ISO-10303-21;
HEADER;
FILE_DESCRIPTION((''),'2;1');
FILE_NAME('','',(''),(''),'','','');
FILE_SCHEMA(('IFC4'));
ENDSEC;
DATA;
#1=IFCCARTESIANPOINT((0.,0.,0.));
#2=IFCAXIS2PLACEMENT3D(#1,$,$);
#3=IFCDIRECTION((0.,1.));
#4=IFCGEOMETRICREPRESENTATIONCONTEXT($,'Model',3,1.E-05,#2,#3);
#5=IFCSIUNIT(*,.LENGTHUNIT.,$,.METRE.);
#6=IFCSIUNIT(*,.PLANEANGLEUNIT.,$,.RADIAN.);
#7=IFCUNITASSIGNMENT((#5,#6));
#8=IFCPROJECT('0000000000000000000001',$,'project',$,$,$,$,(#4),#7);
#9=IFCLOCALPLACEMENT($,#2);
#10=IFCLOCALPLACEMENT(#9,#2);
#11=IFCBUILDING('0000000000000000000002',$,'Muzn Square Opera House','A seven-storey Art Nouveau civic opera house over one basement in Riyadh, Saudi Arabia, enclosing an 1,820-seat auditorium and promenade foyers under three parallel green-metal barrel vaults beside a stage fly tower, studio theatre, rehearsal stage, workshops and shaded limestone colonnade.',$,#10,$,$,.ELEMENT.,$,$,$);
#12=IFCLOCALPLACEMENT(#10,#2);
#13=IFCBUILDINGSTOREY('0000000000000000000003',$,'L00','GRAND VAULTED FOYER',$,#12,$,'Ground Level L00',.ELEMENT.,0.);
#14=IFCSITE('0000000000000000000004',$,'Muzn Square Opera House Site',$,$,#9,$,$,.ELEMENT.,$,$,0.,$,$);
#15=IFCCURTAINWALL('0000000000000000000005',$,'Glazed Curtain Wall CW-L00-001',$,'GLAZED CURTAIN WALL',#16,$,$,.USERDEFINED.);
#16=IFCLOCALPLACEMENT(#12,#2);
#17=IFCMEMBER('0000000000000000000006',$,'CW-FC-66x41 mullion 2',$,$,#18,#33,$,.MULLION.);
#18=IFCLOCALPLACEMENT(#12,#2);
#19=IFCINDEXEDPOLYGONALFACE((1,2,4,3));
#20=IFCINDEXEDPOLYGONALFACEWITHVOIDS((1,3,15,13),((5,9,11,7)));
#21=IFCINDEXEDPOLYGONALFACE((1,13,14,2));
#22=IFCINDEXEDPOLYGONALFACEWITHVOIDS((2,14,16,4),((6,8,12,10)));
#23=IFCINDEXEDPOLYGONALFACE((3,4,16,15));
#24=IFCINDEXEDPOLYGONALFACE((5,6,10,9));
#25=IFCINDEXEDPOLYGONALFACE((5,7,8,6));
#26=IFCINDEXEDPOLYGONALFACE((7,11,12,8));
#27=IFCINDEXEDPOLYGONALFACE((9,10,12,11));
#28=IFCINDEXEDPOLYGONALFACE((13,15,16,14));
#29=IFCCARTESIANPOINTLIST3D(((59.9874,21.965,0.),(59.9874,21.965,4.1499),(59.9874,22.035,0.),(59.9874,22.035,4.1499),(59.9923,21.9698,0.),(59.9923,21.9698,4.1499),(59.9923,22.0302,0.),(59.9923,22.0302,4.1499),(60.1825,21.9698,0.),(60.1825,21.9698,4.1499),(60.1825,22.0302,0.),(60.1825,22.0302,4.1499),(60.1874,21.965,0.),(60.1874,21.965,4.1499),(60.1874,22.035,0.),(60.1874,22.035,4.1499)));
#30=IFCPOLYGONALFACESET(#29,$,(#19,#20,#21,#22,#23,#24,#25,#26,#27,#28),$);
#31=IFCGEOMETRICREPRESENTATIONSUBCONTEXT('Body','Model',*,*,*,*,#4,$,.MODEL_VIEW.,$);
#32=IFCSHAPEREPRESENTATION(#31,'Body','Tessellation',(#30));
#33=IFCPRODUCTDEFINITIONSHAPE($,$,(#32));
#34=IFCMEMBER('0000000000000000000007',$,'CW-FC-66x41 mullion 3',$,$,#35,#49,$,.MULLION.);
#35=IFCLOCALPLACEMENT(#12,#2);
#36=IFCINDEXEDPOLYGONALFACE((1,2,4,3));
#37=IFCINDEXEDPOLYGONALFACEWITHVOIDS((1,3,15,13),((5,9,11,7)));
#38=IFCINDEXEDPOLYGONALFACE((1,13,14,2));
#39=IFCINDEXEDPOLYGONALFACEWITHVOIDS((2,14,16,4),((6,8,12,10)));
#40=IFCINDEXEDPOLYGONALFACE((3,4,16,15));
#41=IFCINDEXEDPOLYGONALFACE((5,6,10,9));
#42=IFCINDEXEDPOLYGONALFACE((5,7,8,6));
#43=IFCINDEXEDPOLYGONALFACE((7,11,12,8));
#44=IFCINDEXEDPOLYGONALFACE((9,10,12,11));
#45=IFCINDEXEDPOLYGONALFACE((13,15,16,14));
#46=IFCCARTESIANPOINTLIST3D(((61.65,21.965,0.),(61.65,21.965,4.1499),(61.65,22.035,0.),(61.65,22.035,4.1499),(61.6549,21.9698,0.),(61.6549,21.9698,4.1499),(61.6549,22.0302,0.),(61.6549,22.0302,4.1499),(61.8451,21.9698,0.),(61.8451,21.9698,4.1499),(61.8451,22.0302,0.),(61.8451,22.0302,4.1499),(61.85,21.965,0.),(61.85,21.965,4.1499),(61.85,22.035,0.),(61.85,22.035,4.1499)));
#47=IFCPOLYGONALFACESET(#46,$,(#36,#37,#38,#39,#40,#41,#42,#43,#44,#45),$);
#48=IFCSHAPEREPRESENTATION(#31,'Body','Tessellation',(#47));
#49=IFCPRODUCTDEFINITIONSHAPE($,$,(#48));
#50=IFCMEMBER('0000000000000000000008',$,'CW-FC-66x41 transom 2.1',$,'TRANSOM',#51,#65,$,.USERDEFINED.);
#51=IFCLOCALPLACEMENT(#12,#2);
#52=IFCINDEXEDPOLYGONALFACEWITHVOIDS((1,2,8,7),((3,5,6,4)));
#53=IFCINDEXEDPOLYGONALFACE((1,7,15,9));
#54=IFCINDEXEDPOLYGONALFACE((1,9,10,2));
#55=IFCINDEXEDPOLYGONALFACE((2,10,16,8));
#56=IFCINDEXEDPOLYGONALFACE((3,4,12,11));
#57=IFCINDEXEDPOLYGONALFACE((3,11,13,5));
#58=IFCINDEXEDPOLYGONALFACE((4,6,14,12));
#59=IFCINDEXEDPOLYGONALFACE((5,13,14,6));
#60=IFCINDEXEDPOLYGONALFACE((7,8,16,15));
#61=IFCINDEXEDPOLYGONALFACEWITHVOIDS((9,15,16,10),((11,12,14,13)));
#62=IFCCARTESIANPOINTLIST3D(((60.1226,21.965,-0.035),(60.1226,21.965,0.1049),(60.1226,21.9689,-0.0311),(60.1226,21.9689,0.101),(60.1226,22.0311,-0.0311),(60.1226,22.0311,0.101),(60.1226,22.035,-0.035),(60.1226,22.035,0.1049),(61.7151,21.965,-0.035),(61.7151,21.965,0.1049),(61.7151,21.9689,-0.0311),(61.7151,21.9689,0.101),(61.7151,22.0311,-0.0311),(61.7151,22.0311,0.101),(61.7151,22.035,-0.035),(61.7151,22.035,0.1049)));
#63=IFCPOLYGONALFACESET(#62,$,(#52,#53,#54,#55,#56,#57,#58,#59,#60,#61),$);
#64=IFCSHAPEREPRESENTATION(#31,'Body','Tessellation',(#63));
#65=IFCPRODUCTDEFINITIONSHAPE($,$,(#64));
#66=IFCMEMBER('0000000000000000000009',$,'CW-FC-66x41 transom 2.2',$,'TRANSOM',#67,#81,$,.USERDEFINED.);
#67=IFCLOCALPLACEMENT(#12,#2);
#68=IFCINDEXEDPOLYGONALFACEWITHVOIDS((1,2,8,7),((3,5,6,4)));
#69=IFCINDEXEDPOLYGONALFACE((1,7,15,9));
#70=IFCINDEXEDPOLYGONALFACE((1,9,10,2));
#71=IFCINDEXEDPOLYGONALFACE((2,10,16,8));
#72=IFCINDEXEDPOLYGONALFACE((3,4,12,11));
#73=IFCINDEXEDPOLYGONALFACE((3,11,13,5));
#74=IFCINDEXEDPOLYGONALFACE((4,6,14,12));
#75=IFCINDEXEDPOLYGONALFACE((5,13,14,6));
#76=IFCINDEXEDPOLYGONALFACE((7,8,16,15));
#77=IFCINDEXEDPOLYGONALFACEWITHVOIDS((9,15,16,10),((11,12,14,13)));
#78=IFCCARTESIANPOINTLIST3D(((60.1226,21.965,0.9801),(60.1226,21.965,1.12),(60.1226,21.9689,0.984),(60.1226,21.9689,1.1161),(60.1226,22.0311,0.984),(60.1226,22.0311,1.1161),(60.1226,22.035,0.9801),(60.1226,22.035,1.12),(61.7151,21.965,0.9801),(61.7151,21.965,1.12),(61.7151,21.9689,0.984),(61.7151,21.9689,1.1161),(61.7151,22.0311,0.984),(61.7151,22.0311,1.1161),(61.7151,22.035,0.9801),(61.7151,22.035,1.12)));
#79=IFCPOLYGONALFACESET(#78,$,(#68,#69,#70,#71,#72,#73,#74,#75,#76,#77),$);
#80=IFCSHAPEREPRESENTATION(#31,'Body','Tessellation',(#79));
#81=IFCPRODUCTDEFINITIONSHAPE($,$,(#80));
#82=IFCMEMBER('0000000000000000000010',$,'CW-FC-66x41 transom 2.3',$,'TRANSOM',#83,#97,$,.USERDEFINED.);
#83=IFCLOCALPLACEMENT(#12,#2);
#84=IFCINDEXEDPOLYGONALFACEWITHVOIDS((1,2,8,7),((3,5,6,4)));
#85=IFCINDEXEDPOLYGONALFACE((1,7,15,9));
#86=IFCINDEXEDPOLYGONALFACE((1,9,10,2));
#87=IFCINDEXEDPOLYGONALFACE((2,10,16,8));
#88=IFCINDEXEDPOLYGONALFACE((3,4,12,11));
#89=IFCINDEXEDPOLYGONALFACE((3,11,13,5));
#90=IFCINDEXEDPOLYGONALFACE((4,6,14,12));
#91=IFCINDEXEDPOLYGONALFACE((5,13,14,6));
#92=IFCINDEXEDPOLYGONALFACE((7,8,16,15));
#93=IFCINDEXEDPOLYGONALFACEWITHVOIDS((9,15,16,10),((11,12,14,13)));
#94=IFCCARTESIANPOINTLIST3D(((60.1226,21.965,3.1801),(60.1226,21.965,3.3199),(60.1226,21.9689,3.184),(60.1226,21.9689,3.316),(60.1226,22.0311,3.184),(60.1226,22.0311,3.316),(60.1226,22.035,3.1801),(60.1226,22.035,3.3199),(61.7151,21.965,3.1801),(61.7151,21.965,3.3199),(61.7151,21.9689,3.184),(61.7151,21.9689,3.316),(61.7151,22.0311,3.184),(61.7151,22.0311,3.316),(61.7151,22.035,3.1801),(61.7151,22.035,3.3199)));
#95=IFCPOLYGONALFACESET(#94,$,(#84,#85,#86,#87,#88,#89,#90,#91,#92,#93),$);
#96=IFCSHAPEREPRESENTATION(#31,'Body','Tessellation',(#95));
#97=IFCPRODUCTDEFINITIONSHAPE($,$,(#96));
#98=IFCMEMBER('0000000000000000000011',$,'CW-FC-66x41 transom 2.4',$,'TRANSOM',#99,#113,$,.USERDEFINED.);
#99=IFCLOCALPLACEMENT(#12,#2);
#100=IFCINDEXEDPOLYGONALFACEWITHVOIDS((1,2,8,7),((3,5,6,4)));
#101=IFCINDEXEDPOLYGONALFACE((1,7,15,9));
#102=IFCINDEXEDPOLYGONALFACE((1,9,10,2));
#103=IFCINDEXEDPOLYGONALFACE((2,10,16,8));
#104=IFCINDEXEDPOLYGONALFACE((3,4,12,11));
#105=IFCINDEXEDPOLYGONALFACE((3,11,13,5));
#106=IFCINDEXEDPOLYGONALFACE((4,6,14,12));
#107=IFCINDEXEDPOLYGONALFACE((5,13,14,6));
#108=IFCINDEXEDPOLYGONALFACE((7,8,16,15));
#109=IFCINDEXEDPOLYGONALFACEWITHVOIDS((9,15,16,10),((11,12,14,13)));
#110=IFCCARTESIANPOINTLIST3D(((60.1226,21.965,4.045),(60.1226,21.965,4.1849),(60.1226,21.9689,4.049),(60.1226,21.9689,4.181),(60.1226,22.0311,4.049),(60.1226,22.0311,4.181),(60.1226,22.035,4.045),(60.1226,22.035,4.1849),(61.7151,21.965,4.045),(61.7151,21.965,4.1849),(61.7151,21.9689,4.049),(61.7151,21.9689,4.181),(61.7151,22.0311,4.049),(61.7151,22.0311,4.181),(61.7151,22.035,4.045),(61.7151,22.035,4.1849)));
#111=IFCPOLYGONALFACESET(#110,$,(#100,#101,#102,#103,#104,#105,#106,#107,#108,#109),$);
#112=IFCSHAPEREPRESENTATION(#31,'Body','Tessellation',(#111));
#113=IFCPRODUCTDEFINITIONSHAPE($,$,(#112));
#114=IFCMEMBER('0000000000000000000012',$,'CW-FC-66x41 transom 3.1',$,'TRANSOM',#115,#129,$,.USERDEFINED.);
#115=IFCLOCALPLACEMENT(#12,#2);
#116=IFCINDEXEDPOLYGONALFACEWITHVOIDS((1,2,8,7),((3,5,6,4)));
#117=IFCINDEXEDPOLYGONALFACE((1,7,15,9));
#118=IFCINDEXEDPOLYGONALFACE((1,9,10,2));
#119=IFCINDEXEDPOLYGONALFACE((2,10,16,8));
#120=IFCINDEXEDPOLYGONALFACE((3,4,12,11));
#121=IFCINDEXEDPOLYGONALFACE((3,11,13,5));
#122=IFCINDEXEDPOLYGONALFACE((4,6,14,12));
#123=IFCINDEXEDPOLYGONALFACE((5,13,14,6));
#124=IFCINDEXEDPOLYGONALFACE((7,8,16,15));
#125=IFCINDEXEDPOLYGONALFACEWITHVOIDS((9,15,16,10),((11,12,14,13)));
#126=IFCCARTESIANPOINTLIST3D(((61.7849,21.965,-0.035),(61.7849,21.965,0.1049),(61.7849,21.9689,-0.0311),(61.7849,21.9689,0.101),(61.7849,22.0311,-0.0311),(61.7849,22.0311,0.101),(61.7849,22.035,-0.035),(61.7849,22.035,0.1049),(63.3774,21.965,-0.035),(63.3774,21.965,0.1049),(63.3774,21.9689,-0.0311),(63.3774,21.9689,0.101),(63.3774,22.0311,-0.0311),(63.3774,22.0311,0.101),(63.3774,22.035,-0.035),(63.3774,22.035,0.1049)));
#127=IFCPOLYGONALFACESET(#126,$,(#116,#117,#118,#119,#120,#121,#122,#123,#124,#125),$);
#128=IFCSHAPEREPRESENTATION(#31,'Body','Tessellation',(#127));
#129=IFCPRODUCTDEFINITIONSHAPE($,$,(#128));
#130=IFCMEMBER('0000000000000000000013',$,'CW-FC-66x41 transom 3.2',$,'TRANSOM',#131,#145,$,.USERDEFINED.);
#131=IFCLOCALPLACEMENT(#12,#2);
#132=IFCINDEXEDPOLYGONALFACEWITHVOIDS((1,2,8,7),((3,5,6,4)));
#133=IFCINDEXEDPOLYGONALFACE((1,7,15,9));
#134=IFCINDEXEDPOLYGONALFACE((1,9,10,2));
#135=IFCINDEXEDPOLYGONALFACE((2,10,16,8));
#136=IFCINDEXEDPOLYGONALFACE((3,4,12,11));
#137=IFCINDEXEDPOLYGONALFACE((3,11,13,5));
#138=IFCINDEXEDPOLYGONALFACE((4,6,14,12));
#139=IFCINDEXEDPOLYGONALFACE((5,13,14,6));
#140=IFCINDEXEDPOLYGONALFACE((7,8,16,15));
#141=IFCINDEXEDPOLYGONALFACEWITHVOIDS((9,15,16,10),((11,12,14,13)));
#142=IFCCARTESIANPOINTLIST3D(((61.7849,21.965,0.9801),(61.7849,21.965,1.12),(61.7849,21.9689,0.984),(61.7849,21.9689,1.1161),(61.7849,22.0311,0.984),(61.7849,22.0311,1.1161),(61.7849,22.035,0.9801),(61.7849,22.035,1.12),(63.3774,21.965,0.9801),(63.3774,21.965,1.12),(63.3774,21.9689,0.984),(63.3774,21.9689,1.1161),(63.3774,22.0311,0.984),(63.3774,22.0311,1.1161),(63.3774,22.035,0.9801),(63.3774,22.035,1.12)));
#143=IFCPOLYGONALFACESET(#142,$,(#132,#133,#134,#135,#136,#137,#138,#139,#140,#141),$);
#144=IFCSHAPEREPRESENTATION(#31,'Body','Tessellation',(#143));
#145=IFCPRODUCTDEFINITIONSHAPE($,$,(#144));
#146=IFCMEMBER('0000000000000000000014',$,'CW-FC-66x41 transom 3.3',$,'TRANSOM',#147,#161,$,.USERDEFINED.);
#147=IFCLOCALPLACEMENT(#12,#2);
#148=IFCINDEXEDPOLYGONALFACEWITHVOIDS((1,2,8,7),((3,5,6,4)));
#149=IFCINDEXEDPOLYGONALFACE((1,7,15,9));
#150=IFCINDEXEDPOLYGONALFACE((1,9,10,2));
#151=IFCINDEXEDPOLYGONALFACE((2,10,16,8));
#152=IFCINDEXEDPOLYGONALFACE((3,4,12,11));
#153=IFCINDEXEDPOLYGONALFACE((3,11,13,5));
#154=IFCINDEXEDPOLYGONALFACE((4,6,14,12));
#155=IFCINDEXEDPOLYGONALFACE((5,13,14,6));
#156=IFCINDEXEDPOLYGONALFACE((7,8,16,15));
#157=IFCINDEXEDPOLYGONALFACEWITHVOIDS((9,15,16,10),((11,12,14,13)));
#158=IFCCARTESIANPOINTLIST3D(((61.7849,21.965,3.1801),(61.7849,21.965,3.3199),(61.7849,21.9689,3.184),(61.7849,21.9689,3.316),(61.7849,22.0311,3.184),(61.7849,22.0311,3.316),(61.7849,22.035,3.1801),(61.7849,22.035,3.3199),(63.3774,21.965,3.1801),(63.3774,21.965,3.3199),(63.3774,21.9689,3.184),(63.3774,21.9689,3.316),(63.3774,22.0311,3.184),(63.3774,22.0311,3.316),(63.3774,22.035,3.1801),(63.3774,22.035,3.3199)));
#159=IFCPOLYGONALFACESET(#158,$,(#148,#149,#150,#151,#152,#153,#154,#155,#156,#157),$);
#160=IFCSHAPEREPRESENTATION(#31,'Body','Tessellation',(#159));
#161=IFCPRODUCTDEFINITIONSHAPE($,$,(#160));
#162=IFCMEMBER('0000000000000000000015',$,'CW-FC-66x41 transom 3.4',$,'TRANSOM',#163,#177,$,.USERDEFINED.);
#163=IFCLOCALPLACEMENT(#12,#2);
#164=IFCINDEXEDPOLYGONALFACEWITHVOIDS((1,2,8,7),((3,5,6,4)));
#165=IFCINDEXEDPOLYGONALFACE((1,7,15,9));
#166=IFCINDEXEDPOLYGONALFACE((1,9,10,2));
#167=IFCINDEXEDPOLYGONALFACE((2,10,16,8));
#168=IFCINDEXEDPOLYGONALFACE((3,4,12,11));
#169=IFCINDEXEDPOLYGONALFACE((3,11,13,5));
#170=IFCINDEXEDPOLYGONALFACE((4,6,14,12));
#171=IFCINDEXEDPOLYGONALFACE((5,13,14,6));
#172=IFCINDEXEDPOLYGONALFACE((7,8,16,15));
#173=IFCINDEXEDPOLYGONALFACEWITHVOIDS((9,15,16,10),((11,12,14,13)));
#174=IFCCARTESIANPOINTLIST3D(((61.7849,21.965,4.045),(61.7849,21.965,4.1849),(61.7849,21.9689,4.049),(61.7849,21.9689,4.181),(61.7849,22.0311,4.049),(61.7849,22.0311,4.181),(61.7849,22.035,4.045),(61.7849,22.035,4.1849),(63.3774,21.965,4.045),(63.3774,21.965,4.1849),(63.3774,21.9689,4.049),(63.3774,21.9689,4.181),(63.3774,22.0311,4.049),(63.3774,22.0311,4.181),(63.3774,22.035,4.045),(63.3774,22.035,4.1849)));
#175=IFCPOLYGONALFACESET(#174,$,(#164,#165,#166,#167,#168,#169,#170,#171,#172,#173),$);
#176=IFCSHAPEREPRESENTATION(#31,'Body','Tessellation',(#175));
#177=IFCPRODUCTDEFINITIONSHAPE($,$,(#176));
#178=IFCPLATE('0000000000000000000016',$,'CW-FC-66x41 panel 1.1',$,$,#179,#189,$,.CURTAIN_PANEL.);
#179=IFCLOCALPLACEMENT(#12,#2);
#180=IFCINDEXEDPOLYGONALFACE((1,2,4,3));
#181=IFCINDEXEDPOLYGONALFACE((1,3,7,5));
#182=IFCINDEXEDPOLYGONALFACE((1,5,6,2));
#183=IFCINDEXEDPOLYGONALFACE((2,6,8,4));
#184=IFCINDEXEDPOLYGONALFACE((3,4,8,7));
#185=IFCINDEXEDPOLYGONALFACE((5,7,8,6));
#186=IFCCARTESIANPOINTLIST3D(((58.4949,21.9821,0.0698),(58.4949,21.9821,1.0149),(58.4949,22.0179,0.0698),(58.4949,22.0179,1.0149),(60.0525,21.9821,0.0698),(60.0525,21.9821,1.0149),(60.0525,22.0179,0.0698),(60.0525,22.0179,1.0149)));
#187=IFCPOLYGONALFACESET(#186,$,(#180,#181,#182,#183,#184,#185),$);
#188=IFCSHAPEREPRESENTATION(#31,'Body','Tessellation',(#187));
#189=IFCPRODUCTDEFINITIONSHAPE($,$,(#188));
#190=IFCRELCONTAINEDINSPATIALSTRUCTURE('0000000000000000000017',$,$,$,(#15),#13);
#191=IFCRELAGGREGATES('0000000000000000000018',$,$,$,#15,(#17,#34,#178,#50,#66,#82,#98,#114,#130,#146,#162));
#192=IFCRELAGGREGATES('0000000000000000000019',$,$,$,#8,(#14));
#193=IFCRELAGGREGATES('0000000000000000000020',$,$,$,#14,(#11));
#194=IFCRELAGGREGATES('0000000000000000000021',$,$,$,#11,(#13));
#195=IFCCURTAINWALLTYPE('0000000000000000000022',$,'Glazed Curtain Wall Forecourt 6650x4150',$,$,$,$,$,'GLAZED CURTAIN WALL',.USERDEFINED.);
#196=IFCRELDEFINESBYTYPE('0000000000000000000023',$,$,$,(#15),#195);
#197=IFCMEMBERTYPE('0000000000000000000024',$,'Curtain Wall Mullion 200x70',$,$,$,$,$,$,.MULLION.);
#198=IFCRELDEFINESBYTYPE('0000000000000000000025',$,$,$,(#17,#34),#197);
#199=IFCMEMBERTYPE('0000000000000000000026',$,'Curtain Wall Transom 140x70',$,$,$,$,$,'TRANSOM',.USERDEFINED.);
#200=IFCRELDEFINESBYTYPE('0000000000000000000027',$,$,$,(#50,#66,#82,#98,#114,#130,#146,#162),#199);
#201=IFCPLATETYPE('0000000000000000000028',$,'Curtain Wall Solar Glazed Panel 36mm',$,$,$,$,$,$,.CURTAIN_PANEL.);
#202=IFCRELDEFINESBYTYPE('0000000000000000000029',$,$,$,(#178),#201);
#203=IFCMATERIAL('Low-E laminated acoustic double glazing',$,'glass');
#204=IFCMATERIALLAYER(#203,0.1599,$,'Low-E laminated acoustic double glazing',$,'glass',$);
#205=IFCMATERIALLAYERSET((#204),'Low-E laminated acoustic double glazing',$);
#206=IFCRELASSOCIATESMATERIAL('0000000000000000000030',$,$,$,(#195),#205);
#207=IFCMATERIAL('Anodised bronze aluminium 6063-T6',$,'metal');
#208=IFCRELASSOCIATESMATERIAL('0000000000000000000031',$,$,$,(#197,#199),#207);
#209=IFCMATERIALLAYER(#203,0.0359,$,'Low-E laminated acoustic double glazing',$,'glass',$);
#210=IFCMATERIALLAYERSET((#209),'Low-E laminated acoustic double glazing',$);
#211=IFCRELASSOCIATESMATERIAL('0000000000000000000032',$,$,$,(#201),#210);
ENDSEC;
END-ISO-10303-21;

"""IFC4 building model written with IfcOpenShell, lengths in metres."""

from ifc_helpers import new_model, si_unit, direction, frame, origin, origin_2d, place, context, subcontext, project, spatial, rectangle, hollow_rectangle, extrude, material, layer, layer_set, material_profile, profile_set, type_object, element, aggregate, save


model = new_model("IFC4")

# Units and contexts
model_context = context("Model", 3, precision=1e-05, world=origin(), true_north=direction((0.0, 1.0)))
body_context = subcontext(model_context, "Body", "Model", "MODEL_VIEW")
ifc_project = project(units=[si_unit("LENGTHUNIT", "METRE"), si_unit("PLANEANGLEUNIT", "RADIAN")], contexts=[model_context])

# Site, building, storey
site_placement = place(None, origin())
site = spatial("IfcSite", under=ifc_project, at=site_placement, Name="Muzn Square Opera House Site", CompositionType="ELEMENT", RefElevation=0.0)
building_placement = place(site_placement, origin())
building = spatial("IfcBuilding", under=site, at=building_placement, Name="Muzn Square Opera House", Description="A seven-storey Art Nouveau civic opera house over one basement in Riyadh, Saudi Arabia, enclosing an 1,820-seat auditorium and promenade foyers under three parallel green-metal barrel vaults beside a stage fly tower, studio theatre, rehearsal stage, workshops and shaded limestone colonnade.", CompositionType="ELEMENT")
storey_placement = place(building_placement, origin())
storey = spatial("IfcBuildingStorey", under=building, at=storey_placement, Name="L00", Description="GRAND VAULTED FOYER", LongName="Ground Level L00", CompositionType="ELEMENT", Elevation=0.0)

# Curtain wall, members, plate
ifc_material_1 = material(Name="Low-E laminated acoustic double glazing", Category="glass")
ifc_layer_1 = layer(ifc_material_1, 0.1599, Name="Low-E laminated acoustic double glazing", Category="glass")
ifc_layer_set_1 = layer_set([ifc_layer_1], Name="Low-E laminated acoustic double glazing")
curtain_wall_type = type_object("IfcCurtainWallType", Name="Glazed Curtain Wall Forecourt 6650x4150", ElementType="GLAZED CURTAIN WALL", PredefinedType="USERDEFINED", material=ifc_layer_set_1)
curtain_wall_placement = place(storey_placement, origin())
curtain_wall = element("IfcCurtainWall", 1, at=curtain_wall_placement, inside=storey, type_object=curtain_wall_type, Name="Glazed Curtain Wall CW-L00-001", ObjectType="GLAZED CURTAIN WALL", PredefinedType="USERDEFINED")
ifc_material_2 = material(Name="Anodised bronze aluminium 6063-T6", Category="metal")
ifc_material_profile_1 = material_profile(ifc_material_2, hollow_rectangle(XDim=0.0701, YDim=0.2, WallThickness=0.0049, at=origin_2d()), Name="ALU 200x70x5", Category="metal")
ifc_profile_set_1 = profile_set([ifc_material_profile_1], Name="Anodised bronze aluminium 6063-T6")
member_type_1 = type_object("IfcMemberType", Name="Curtain Wall Mullion 200x70", PredefinedType="MULLION", material=ifc_profile_set_1)
member_1_placement = place(storey_placement, frame((60.0874, 22.0, 0.0), z_axis=(0.0, 0.0, 1.0), x_axis=(0.0, 1.0, 0.0)))
member_1 = element("IfcMember", 2, at=member_1_placement, type_object=member_type_1, Name="CW-FC-66x41 mullion 2", PredefinedType="MULLION", context=body_context, shape_type="SweptSolid", body=[
    extrude(hollow_rectangle(XDim=0.0701, YDim=0.2, WallThickness=0.0049, at=origin_2d()), origin(), (0.0, 0.0, 1.0), 4.1499),
])
member_2_placement = place(storey_placement, frame((61.75, 22.0, 0.0), z_axis=(0.0, 0.0, 1.0), x_axis=(0.0, 1.0, 0.0)))
member_2 = element("IfcMember", 3, at=member_2_placement, type_object=member_type_1, Name="CW-FC-66x41 mullion 3", PredefinedType="MULLION", context=body_context, shape_type="SweptSolid", body=[
    extrude(hollow_rectangle(XDim=0.0701, YDim=0.2, WallThickness=0.0049, at=origin_2d()), origin(), (0.0, 0.0, 1.0), 4.1499),
])
ifc_material_profile_2 = material_profile(ifc_material_2, hollow_rectangle(XDim=0.0701, YDim=0.1399, WallThickness=0.0039, at=origin_2d()), Name="ALU 140x70x4", Category="metal")
ifc_profile_set_2 = profile_set([ifc_material_profile_2], Name="Anodised bronze aluminium 6063-T6")
member_type_2 = type_object("IfcMemberType", Name="Curtain Wall Transom 140x70", ElementType="TRANSOM", PredefinedType="USERDEFINED", material=ifc_profile_set_2)
member_3_placement = place(storey_placement, frame((60.1226, 22.0, 0.0349), z_axis=(1.0, 0.0, 0.0), x_axis=(0.0, 1.0, 0.0)))
member_3 = element("IfcMember", 4, at=member_3_placement, type_object=member_type_2, Name="CW-FC-66x41 transom 2.1", ObjectType="TRANSOM", PredefinedType="USERDEFINED", context=body_context, shape_type="SweptSolid", body=[
    extrude(hollow_rectangle(XDim=0.0701, YDim=0.1399, WallThickness=0.0039, at=origin_2d()), origin(), (0.0, 0.0, 1.0), 1.5925),
])
member_4_placement = place(storey_placement, frame((60.1226, 22.0, 1.05), z_axis=(1.0, 0.0, 0.0), x_axis=(0.0, 1.0, 0.0)))
member_4 = element("IfcMember", 5, at=member_4_placement, type_object=member_type_2, Name="CW-FC-66x41 transom 2.2", ObjectType="TRANSOM", PredefinedType="USERDEFINED", context=body_context, shape_type="SweptSolid", body=[
    extrude(hollow_rectangle(XDim=0.0701, YDim=0.1399, WallThickness=0.0039, at=origin_2d()), origin(), (0.0, 0.0, 1.0), 1.5925),
])
member_5_placement = place(storey_placement, frame((60.1226, 22.0, 3.25), z_axis=(1.0, 0.0, 0.0), x_axis=(0.0, 1.0, 0.0)))
member_5 = element("IfcMember", 6, at=member_5_placement, type_object=member_type_2, Name="CW-FC-66x41 transom 2.3", ObjectType="TRANSOM", PredefinedType="USERDEFINED", context=body_context, shape_type="SweptSolid", body=[
    extrude(hollow_rectangle(XDim=0.0701, YDim=0.1399, WallThickness=0.0039, at=origin_2d()), origin(), (0.0, 0.0, 1.0), 1.5925),
])
member_6_placement = place(storey_placement, frame((60.1226, 22.0, 4.115), z_axis=(1.0, 0.0, 0.0), x_axis=(0.0, 1.0, 0.0)))
member_6 = element("IfcMember", 7, at=member_6_placement, type_object=member_type_2, Name="CW-FC-66x41 transom 2.4", ObjectType="TRANSOM", PredefinedType="USERDEFINED", context=body_context, shape_type="SweptSolid", body=[
    extrude(hollow_rectangle(XDim=0.0701, YDim=0.1399, WallThickness=0.0039, at=origin_2d()), origin(), (0.0, 0.0, 1.0), 1.5925),
])
member_7_placement = place(storey_placement, frame((61.7849, 22.0, 0.0349), z_axis=(1.0, 0.0, 0.0), x_axis=(0.0, 1.0, 0.0)))
member_7 = element("IfcMember", 8, at=member_7_placement, type_object=member_type_2, Name="CW-FC-66x41 transom 3.1", ObjectType="TRANSOM", PredefinedType="USERDEFINED", context=body_context, shape_type="SweptSolid", body=[
    extrude(hollow_rectangle(XDim=0.0701, YDim=0.1399, WallThickness=0.0039, at=origin_2d()), origin(), (0.0, 0.0, 1.0), 1.5925),
])
member_8_placement = place(storey_placement, frame((61.7849, 22.0, 1.05), z_axis=(1.0, 0.0, 0.0), x_axis=(0.0, 1.0, 0.0)))
member_8 = element("IfcMember", 9, at=member_8_placement, type_object=member_type_2, Name="CW-FC-66x41 transom 3.2", ObjectType="TRANSOM", PredefinedType="USERDEFINED", context=body_context, shape_type="SweptSolid", body=[
    extrude(hollow_rectangle(XDim=0.0701, YDim=0.1399, WallThickness=0.0039, at=origin_2d()), origin(), (0.0, 0.0, 1.0), 1.5925),
])
member_9_placement = place(storey_placement, frame((61.7849, 22.0, 3.25), z_axis=(1.0, 0.0, 0.0), x_axis=(0.0, 1.0, 0.0)))
member_9 = element("IfcMember", 10, at=member_9_placement, type_object=member_type_2, Name="CW-FC-66x41 transom 3.3", ObjectType="TRANSOM", PredefinedType="USERDEFINED", context=body_context, shape_type="SweptSolid", body=[
    extrude(hollow_rectangle(XDim=0.0701, YDim=0.1399, WallThickness=0.0039, at=origin_2d()), origin(), (0.0, 0.0, 1.0), 1.5925),
])
member_10_placement = place(storey_placement, frame((61.7849, 22.0, 4.115), z_axis=(1.0, 0.0, 0.0), x_axis=(0.0, 1.0, 0.0)))
member_10 = element("IfcMember", 11, at=member_10_placement, type_object=member_type_2, Name="CW-FC-66x41 transom 3.4", ObjectType="TRANSOM", PredefinedType="USERDEFINED", context=body_context, shape_type="SweptSolid", body=[
    extrude(hollow_rectangle(XDim=0.0701, YDim=0.1399, WallThickness=0.0039, at=origin_2d()), origin(), (0.0, 0.0, 1.0), 1.5925),
])
ifc_layer_2 = layer(ifc_material_1, 0.0359, Name="Low-E laminated acoustic double glazing", Category="glass")
ifc_layer_set_2 = layer_set([ifc_layer_2], Name="Low-E laminated acoustic double glazing")
plate_type = type_object("IfcPlateType", Name="Curtain Wall Solar Glazed Panel 36mm", PredefinedType="CURTAIN_PANEL", material=ifc_layer_set_2)
plate_1_placement = place(storey_placement, frame((59.2737, 22.0, 0.0698), z_axis=(0.0, 0.0, 1.0), x_axis=(1.0, 0.0, 0.0)))
plate_1 = element("IfcPlate", 12, at=plate_1_placement, type_object=plate_type, Name="CW-FC-66x41 panel 1.1", PredefinedType="CURTAIN_PANEL", context=body_context, shape_type="SweptSolid", body=[
    extrude(rectangle(XDim=1.5576, YDim=0.0359, at=origin_2d()), origin(), (0.0, 0.0, 1.0), 0.9451),
])
aggregate(curtain_wall, [member_1, member_2, plate_1, member_3, member_4, member_5, member_6, member_7, member_8, member_9, member_10])

save(model, "model.ifc")
